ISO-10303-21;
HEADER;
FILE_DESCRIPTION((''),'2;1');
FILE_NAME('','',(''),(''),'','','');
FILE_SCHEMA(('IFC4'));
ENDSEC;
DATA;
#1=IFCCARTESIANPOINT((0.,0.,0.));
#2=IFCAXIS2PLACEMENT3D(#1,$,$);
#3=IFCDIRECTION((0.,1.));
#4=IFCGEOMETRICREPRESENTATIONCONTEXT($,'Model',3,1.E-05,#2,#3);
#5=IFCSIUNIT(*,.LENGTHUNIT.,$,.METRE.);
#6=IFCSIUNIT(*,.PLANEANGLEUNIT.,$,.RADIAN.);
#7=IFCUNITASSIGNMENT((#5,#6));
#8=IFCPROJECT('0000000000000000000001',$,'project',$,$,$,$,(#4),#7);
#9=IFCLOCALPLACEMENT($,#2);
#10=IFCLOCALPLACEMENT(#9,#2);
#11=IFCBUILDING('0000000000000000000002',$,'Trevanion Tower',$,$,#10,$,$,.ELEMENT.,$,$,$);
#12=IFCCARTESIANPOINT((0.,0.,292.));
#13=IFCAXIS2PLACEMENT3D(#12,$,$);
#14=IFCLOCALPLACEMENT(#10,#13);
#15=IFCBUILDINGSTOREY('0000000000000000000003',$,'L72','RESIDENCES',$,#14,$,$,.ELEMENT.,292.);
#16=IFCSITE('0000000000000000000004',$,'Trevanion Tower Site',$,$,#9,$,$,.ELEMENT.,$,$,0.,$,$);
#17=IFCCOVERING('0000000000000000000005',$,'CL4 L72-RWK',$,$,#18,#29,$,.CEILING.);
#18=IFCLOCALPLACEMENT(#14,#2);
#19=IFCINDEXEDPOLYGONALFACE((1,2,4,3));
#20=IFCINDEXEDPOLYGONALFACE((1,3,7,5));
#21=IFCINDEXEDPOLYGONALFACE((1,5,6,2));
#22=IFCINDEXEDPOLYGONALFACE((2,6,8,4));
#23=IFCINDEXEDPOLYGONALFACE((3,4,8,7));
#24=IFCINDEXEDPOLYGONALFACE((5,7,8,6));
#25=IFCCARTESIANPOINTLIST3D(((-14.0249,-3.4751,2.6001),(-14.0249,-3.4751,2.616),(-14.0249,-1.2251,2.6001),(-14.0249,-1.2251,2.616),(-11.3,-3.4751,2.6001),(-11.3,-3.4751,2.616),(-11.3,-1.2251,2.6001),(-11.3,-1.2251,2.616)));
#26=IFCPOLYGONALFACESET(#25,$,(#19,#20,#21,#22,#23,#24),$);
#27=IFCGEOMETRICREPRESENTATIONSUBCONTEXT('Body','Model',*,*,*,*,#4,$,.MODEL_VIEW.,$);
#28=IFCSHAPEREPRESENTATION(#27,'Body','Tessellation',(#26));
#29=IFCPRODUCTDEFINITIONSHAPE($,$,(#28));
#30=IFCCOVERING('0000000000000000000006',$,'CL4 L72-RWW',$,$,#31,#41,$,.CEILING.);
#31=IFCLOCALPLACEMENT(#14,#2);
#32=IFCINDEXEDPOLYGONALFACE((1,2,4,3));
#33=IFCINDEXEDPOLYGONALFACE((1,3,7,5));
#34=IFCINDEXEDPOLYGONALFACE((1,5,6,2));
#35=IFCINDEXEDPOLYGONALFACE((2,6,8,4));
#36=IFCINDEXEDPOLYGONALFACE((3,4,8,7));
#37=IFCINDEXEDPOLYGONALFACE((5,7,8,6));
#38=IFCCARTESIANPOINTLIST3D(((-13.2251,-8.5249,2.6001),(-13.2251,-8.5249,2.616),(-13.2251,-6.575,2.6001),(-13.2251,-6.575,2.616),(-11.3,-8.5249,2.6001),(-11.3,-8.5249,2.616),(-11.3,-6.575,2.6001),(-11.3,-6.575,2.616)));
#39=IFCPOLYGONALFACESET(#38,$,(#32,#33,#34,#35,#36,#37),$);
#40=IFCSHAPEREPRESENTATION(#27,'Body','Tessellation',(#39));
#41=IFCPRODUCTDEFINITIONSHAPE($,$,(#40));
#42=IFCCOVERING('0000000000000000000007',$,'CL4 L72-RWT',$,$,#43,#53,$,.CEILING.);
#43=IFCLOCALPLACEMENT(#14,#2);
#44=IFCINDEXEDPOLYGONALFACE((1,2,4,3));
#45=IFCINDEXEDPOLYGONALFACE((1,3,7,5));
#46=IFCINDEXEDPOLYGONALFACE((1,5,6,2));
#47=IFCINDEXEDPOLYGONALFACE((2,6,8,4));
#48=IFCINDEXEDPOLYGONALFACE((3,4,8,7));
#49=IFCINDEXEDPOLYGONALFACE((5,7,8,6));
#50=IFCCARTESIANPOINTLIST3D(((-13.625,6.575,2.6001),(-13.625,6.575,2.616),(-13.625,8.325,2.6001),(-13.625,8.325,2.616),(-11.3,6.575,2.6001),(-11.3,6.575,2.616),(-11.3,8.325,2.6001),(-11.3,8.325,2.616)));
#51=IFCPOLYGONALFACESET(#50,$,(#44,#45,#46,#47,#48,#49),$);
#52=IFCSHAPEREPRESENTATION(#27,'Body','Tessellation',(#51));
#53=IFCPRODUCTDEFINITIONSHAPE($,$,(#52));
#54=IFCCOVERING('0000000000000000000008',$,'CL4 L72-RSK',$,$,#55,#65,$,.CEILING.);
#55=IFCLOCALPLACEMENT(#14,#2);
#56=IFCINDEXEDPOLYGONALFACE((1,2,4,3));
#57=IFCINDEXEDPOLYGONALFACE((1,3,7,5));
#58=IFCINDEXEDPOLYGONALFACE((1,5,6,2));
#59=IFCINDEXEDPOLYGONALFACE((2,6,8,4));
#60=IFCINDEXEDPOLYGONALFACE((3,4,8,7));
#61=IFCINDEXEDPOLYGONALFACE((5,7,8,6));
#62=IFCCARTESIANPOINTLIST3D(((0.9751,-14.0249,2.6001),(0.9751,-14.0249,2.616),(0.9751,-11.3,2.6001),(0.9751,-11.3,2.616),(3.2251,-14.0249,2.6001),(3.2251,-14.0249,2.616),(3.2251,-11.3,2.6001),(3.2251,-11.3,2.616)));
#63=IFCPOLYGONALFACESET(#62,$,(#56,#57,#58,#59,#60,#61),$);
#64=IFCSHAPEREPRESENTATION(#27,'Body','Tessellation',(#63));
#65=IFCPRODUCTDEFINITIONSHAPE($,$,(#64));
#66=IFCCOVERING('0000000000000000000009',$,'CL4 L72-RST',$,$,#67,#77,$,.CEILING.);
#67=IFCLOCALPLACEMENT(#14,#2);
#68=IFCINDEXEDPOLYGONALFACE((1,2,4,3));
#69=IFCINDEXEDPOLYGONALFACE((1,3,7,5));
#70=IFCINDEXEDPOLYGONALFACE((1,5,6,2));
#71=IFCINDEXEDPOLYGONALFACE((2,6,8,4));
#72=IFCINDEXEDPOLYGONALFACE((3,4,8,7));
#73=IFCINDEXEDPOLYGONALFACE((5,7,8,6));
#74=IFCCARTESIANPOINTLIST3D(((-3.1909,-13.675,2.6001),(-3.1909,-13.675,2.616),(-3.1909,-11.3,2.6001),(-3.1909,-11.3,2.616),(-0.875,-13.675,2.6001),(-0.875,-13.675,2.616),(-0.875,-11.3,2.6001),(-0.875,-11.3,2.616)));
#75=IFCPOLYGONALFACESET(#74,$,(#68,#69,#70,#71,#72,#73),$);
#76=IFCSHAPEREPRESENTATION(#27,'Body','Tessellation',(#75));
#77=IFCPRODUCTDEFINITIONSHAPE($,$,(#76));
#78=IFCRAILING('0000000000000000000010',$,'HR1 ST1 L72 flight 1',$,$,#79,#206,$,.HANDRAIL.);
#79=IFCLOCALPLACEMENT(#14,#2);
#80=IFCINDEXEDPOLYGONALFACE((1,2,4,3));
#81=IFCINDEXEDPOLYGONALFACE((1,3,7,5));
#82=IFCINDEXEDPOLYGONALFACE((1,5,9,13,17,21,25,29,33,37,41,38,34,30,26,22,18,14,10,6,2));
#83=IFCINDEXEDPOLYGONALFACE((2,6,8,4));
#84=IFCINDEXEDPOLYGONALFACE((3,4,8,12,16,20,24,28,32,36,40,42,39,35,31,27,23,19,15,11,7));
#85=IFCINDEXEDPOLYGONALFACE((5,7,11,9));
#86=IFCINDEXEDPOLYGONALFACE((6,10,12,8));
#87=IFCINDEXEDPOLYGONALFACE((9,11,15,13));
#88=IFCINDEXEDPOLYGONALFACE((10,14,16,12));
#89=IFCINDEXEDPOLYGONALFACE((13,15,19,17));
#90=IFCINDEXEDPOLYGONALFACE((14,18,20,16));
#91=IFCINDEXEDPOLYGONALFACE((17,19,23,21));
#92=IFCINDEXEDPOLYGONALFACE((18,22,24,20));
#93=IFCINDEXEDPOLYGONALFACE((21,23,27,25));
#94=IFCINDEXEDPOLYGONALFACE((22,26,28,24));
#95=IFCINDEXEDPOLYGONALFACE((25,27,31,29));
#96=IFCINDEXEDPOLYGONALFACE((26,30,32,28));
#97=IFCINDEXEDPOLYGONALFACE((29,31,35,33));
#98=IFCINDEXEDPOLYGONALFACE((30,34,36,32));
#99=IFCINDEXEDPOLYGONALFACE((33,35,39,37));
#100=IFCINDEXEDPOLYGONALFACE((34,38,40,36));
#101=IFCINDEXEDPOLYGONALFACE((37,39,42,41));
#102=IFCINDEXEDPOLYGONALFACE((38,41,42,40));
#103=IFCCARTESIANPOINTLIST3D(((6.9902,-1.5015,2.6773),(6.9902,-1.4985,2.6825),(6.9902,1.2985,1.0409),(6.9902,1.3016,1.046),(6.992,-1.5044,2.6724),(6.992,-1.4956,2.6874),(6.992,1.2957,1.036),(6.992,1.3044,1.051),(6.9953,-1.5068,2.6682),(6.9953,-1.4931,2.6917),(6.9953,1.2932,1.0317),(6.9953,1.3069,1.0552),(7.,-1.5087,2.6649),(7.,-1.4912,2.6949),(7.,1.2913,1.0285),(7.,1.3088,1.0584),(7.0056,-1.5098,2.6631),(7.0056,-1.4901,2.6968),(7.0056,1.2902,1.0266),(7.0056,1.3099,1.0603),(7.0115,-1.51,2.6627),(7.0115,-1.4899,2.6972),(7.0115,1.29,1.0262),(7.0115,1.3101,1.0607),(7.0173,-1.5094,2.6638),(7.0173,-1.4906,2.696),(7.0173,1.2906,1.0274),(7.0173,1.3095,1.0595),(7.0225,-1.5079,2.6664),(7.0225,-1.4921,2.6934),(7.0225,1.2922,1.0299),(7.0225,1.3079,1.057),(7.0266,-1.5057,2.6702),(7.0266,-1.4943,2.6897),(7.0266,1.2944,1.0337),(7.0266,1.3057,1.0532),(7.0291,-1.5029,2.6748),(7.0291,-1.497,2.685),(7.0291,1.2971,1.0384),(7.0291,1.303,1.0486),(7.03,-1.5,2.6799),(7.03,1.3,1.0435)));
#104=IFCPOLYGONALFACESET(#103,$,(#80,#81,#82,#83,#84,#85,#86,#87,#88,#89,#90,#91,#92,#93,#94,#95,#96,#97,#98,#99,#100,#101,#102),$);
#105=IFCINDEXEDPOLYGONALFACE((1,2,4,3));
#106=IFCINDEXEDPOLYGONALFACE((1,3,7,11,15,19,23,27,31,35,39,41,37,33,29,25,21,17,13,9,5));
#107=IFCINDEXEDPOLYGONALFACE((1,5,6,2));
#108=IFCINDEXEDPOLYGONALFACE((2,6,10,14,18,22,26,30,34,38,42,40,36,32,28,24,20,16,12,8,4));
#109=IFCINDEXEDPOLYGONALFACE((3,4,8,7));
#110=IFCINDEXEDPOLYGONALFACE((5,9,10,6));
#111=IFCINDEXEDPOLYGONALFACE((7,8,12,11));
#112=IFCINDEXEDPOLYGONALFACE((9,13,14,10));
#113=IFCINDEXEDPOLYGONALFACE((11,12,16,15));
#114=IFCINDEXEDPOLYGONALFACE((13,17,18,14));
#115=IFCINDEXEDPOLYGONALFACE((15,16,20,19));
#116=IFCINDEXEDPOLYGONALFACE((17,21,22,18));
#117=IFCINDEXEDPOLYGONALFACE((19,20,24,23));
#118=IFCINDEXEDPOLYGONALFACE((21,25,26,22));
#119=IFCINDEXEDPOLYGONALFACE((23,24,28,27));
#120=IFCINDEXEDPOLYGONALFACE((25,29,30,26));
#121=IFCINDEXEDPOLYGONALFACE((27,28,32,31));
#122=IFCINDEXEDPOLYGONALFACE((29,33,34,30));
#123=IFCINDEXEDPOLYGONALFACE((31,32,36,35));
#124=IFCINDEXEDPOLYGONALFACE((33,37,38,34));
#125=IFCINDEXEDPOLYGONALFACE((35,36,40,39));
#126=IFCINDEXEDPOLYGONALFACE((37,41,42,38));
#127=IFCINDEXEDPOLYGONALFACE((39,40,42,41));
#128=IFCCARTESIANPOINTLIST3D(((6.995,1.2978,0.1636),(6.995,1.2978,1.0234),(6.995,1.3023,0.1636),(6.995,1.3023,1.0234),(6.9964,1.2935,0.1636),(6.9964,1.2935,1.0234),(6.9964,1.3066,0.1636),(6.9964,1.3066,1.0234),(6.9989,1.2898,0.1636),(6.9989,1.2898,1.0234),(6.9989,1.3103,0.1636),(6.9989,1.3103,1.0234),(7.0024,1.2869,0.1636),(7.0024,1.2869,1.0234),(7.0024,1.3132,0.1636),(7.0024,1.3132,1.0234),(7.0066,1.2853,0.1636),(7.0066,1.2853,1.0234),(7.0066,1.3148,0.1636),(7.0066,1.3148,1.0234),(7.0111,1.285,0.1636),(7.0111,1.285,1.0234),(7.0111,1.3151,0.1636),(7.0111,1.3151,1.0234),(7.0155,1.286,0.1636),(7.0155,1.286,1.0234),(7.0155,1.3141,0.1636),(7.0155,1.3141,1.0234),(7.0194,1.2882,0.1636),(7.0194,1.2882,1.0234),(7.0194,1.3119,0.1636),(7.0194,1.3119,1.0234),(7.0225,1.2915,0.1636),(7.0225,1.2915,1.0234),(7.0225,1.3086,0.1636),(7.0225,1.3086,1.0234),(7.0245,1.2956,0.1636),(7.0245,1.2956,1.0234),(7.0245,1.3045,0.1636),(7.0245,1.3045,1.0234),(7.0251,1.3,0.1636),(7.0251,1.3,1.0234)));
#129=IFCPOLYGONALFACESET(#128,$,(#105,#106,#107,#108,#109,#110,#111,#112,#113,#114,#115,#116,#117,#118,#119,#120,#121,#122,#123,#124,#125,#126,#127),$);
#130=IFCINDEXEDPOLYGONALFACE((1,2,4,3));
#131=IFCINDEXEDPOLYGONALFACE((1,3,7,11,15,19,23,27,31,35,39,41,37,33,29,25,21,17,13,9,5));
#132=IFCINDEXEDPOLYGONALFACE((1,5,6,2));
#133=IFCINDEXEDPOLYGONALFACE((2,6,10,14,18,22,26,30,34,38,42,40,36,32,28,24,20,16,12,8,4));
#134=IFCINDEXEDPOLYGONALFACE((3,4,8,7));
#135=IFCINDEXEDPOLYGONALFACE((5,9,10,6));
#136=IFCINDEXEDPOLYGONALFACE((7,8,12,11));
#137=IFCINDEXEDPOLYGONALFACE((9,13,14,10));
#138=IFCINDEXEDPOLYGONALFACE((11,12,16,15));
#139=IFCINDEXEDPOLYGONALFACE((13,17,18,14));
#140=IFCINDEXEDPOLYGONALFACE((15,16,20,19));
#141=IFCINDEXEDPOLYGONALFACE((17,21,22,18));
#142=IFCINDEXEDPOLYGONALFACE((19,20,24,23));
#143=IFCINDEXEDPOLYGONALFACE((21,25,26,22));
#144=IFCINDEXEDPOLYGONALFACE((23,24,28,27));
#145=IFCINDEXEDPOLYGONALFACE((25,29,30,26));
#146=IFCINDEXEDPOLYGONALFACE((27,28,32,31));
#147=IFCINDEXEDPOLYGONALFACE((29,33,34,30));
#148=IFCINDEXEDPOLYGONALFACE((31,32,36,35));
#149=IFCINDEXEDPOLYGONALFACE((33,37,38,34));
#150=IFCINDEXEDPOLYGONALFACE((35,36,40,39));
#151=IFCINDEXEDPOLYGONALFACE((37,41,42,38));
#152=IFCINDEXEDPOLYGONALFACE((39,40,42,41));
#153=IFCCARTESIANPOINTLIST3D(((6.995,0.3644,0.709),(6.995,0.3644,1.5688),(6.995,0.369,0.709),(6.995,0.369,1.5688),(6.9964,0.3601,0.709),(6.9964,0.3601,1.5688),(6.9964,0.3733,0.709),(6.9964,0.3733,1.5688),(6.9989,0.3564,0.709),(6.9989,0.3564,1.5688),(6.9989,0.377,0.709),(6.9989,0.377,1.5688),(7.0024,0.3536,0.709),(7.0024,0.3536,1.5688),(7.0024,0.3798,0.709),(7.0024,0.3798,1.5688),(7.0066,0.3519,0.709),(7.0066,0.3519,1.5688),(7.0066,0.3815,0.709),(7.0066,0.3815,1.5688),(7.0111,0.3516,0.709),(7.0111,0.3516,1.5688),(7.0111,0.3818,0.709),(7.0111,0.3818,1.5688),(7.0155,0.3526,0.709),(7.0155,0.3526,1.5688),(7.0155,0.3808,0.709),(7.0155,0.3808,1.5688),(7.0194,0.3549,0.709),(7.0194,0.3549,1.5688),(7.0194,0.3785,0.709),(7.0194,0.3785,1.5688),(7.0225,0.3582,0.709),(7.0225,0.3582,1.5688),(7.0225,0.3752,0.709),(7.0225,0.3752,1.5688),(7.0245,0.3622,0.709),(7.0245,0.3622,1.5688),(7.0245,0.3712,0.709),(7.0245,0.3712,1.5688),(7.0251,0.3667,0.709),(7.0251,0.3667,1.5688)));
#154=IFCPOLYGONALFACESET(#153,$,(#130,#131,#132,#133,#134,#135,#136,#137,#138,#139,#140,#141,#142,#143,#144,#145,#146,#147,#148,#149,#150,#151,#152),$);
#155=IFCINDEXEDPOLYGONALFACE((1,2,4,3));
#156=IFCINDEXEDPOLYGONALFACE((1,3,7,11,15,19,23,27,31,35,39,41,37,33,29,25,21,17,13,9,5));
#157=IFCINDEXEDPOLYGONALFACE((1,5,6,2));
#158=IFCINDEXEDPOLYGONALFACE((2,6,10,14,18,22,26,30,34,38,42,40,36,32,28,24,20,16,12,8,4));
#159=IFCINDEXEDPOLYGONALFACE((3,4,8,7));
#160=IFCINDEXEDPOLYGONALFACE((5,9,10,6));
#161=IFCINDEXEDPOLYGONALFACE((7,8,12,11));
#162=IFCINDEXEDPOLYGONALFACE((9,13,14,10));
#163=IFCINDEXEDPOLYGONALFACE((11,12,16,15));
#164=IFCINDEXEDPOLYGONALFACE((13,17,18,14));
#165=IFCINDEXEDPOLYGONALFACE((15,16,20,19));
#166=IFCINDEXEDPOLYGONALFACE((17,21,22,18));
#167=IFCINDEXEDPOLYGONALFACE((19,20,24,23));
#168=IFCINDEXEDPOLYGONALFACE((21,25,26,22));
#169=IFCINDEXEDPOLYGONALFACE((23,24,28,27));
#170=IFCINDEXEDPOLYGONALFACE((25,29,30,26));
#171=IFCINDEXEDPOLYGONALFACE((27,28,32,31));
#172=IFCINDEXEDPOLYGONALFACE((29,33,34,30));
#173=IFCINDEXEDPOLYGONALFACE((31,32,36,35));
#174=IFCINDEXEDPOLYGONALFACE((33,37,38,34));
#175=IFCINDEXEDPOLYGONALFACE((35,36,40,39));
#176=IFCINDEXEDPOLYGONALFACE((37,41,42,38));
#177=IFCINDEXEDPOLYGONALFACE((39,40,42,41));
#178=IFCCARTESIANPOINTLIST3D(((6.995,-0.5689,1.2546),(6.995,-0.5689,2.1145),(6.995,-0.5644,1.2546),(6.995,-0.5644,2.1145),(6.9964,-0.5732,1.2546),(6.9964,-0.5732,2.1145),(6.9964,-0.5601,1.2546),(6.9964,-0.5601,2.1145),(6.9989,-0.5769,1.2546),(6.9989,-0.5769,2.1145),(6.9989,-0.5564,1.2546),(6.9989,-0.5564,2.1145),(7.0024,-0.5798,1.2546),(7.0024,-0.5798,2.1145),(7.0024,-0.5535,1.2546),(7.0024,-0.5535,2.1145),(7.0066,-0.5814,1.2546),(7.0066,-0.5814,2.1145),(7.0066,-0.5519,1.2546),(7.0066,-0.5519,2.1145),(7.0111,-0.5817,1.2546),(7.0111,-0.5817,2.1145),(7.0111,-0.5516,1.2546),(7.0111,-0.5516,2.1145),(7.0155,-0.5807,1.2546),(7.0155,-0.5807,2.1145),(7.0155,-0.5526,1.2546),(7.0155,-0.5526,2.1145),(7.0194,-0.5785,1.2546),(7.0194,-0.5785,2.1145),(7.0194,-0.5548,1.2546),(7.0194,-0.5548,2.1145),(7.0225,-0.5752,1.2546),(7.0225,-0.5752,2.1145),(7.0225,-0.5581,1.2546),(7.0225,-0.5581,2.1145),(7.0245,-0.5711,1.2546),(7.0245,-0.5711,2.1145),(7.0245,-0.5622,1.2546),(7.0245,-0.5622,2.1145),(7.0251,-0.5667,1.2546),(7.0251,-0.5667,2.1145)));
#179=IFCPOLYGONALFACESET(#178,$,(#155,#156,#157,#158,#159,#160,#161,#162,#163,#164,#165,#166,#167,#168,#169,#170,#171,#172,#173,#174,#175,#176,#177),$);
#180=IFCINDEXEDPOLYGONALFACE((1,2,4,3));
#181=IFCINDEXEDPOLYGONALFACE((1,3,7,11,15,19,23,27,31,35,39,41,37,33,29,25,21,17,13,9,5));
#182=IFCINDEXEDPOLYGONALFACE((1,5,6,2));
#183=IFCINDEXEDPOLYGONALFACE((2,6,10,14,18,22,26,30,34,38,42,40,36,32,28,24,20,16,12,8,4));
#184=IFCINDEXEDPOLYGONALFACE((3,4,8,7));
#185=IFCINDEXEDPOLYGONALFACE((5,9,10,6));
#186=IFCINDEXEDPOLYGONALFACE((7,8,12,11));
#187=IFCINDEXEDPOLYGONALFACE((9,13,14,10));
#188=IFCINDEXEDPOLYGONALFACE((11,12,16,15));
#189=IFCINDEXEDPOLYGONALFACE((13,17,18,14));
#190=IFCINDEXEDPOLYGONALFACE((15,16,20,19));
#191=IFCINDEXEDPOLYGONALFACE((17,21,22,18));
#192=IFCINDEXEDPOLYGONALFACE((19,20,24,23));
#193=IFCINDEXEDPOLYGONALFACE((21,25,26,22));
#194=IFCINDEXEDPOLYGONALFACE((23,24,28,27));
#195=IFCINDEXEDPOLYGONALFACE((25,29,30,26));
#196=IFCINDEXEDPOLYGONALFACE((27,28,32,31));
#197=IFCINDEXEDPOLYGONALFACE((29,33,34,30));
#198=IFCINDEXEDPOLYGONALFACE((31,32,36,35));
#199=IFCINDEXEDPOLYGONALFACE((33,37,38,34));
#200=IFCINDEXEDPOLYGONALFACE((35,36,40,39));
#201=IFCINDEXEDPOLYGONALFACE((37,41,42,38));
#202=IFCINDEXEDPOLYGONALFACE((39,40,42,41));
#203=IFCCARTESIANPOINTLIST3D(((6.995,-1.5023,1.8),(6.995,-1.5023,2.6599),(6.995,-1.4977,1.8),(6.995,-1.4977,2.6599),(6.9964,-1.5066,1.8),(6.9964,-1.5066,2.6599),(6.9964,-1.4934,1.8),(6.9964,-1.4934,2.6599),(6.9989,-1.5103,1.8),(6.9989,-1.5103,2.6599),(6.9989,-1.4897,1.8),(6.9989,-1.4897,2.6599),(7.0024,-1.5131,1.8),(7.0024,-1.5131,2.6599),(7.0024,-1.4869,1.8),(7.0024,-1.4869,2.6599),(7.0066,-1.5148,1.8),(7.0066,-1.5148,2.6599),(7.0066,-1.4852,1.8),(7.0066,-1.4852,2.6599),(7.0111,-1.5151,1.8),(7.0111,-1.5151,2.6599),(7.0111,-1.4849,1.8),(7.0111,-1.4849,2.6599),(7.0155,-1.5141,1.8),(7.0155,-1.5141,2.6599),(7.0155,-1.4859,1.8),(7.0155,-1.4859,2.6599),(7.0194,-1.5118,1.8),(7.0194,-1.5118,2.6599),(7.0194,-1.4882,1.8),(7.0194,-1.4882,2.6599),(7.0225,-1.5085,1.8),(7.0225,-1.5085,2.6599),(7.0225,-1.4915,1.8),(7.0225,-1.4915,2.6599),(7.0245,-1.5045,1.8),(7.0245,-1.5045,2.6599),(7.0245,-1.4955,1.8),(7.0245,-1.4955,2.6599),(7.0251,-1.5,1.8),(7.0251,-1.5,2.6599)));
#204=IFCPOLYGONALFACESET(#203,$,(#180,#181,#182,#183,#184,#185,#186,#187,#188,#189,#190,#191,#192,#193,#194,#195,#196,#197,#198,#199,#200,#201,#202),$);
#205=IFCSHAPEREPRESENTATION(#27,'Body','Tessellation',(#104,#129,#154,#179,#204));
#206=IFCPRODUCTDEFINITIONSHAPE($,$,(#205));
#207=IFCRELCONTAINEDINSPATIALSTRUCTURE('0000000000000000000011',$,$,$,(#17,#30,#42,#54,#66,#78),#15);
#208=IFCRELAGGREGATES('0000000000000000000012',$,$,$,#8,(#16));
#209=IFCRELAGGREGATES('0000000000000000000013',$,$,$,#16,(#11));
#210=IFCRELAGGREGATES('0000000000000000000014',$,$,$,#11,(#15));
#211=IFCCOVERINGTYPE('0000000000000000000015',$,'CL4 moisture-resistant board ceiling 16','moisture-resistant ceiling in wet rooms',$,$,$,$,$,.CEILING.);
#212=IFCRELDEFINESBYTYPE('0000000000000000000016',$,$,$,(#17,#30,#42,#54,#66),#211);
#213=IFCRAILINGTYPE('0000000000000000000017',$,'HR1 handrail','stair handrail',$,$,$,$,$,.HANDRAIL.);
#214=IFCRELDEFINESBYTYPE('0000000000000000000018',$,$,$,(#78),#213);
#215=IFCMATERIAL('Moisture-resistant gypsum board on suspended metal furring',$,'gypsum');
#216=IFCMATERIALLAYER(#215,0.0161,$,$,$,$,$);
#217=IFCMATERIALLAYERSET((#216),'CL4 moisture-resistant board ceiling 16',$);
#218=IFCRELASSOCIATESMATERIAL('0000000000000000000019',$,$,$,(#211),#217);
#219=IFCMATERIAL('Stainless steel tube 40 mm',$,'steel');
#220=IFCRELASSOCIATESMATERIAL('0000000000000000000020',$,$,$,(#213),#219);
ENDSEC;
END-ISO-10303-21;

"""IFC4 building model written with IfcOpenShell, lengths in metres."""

from ifc_helpers import new_model, si_unit, direction, frame, origin, origin_2d, place, context, subcontext, project, spatial, polyline, circle, outline, extrude, material, layer, layer_set, type_object, element, save


model = new_model("IFC4")

# Units and contexts
model_context = context("Model", 3, precision=1e-05, world=origin(), true_north=direction((0.0, 1.0)))
body_context = subcontext(model_context, "Body", "Model", "MODEL_VIEW")
ifc_project = project(units=[si_unit("LENGTHUNIT", "METRE"), si_unit("PLANEANGLEUNIT", "RADIAN")], contexts=[model_context])

# Site, building, storey
site_placement = place(None, origin())
site = spatial("IfcSite", under=ifc_project, at=site_placement, Name="Trevanion Tower Site", CompositionType="ELEMENT", RefElevation=0.0)
building_placement = place(site_placement, origin())
building = spatial("IfcBuilding", under=site, at=building_placement, Name="Trevanion Tower", CompositionType="ELEMENT")
storey_placement = place(building_placement, frame((0.0, 0.0, 292.0)))
storey = spatial("IfcBuildingStorey", under=building, at=storey_placement, Name="L72", Description="RESIDENCES", CompositionType="ELEMENT", Elevation=292.0)

# Coverings
ifc_material_1 = material(Name="Moisture-resistant gypsum board on suspended metal furring", Category="gypsum")
ifc_layer_1 = layer(ifc_material_1, 0.0161)
ifc_layer_set_1 = layer_set([ifc_layer_1], Name="CL4 moisture-resistant board ceiling 16")
covering_type_1 = type_object("IfcCoveringType", Name="CL4 moisture-resistant board ceiling 16", Description="moisture-resistant ceiling in wet rooms", PredefinedType="CEILING", material=ifc_layer_set_1)
covering_1_placement = place(storey_placement, frame((0.0, 0.0, 2.6001)))
element("IfcCovering", 1, at=covering_1_placement, inside=storey, type_object=covering_type_1, Name="CL4 L72-RWK", PredefinedType="CEILING", context=body_context, shape_type="SweptSolid", body=[
    extrude(outline(polyline([(-14.0249, -1.2251), (-14.0249, -3.4751), (-11.3, -3.4751), (-11.3, -1.2251), (-14.0249, -1.2251)])), origin(), (0.0, 0.0, 1.0), 0.0159),
])
covering_2_placement = place(storey_placement, frame((0.0, 0.0, 2.6001)))
element("IfcCovering", 2, at=covering_2_placement, inside=storey, type_object=covering_type_1, Name="CL4 L72-RWW", PredefinedType="CEILING", context=body_context, shape_type="SweptSolid", body=[
    extrude(outline(polyline([(-13.2251, -6.575), (-13.2251, -8.5249), (-11.3, -8.5249), (-11.3, -6.575), (-13.2251, -6.575)])), origin(), (0.0, 0.0, 1.0), 0.0159),
])
covering_3_placement = place(storey_placement, frame((0.0, 0.0, 2.6001)))
element("IfcCovering", 3, at=covering_3_placement, inside=storey, type_object=covering_type_1, Name="CL4 L72-RWT", PredefinedType="CEILING", context=body_context, shape_type="SweptSolid", body=[
    extrude(outline(polyline([(-13.625, 8.325), (-13.625, 6.575), (-11.3, 6.575), (-11.3, 8.325), (-13.625, 8.325)])), origin(), (0.0, 0.0, 1.0), 0.0159),
])
covering_4_placement = place(storey_placement, frame((0.0, 0.0, 2.6001)))
element("IfcCovering", 4, at=covering_4_placement, inside=storey, type_object=covering_type_1, Name="CL4 L72-RSK", PredefinedType="CEILING", context=body_context, shape_type="SweptSolid", body=[
    extrude(outline(polyline([(0.9751, -14.0249), (3.2251, -14.0249), (3.2251, -11.3), (0.9751, -11.3), (0.9751, -14.0249)])), origin(), (0.0, 0.0, 1.0), 0.0159),
])
covering_5_placement = place(storey_placement, frame((0.0, 0.0, 2.6001)))
element("IfcCovering", 5, at=covering_5_placement, inside=storey, type_object=covering_type_1, Name="CL4 L72-RST", PredefinedType="CEILING", context=body_context, shape_type="SweptSolid", body=[
    extrude(outline(polyline([(-3.1909, -13.675), (-0.875, -13.675), (-0.875, -11.3), (-3.1909, -11.3), (-3.1909, -13.675)])), origin(), (0.0, 0.0, 1.0), 0.0159),
])

# Railing
ifc_material_2 = material(Name="Stainless steel tube 40 mm", Category="steel")
railing_type = type_object("IfcRailingType", Name="HR1 handrail", Description="stair handrail", PredefinedType="HANDRAIL", material=ifc_material_2)
for number, where, name in (
    (6, (7.01, 1.3, 0.1636), "HR1 ST1 L72 flight 1"),
):
    element("IfcRailing", number, at=place(storey_placement, frame(where)), inside=storey, type_object=railing_type, Name=name, PredefinedType="HANDRAIL", context=body_context, shape_type="SweptSolid", body=[
        extrude(circle(Radius=0.02, at=origin_2d()), frame((0.0, 0.0, 0.8799), z_axis=(0.0, -0.863361, 0.504587), x_axis=(1.0, 0.0, 0.0)), (0.0, 0.0, 1.0), 3.2432),
        extrude(circle(Radius=0.0151, at=origin_2d()), origin(), (0.0, 0.0, 1.0), 0.8599),
        extrude(circle(Radius=0.0151, at=origin_2d()), frame((0.0, -0.9333, 0.5454)), (0.0, 0.0, 1.0), 0.8599),
        extrude(circle(Radius=0.0151, at=origin_2d()), frame((0.0, -1.8667, 1.0911)), (0.0, 0.0, 1.0), 0.8599),
        extrude(circle(Radius=0.0151, at=origin_2d()), frame((0.0, -2.8, 1.6365)), (0.0, 0.0, 1.0), 0.8599),
    ])

save(model, "model.ifc")
